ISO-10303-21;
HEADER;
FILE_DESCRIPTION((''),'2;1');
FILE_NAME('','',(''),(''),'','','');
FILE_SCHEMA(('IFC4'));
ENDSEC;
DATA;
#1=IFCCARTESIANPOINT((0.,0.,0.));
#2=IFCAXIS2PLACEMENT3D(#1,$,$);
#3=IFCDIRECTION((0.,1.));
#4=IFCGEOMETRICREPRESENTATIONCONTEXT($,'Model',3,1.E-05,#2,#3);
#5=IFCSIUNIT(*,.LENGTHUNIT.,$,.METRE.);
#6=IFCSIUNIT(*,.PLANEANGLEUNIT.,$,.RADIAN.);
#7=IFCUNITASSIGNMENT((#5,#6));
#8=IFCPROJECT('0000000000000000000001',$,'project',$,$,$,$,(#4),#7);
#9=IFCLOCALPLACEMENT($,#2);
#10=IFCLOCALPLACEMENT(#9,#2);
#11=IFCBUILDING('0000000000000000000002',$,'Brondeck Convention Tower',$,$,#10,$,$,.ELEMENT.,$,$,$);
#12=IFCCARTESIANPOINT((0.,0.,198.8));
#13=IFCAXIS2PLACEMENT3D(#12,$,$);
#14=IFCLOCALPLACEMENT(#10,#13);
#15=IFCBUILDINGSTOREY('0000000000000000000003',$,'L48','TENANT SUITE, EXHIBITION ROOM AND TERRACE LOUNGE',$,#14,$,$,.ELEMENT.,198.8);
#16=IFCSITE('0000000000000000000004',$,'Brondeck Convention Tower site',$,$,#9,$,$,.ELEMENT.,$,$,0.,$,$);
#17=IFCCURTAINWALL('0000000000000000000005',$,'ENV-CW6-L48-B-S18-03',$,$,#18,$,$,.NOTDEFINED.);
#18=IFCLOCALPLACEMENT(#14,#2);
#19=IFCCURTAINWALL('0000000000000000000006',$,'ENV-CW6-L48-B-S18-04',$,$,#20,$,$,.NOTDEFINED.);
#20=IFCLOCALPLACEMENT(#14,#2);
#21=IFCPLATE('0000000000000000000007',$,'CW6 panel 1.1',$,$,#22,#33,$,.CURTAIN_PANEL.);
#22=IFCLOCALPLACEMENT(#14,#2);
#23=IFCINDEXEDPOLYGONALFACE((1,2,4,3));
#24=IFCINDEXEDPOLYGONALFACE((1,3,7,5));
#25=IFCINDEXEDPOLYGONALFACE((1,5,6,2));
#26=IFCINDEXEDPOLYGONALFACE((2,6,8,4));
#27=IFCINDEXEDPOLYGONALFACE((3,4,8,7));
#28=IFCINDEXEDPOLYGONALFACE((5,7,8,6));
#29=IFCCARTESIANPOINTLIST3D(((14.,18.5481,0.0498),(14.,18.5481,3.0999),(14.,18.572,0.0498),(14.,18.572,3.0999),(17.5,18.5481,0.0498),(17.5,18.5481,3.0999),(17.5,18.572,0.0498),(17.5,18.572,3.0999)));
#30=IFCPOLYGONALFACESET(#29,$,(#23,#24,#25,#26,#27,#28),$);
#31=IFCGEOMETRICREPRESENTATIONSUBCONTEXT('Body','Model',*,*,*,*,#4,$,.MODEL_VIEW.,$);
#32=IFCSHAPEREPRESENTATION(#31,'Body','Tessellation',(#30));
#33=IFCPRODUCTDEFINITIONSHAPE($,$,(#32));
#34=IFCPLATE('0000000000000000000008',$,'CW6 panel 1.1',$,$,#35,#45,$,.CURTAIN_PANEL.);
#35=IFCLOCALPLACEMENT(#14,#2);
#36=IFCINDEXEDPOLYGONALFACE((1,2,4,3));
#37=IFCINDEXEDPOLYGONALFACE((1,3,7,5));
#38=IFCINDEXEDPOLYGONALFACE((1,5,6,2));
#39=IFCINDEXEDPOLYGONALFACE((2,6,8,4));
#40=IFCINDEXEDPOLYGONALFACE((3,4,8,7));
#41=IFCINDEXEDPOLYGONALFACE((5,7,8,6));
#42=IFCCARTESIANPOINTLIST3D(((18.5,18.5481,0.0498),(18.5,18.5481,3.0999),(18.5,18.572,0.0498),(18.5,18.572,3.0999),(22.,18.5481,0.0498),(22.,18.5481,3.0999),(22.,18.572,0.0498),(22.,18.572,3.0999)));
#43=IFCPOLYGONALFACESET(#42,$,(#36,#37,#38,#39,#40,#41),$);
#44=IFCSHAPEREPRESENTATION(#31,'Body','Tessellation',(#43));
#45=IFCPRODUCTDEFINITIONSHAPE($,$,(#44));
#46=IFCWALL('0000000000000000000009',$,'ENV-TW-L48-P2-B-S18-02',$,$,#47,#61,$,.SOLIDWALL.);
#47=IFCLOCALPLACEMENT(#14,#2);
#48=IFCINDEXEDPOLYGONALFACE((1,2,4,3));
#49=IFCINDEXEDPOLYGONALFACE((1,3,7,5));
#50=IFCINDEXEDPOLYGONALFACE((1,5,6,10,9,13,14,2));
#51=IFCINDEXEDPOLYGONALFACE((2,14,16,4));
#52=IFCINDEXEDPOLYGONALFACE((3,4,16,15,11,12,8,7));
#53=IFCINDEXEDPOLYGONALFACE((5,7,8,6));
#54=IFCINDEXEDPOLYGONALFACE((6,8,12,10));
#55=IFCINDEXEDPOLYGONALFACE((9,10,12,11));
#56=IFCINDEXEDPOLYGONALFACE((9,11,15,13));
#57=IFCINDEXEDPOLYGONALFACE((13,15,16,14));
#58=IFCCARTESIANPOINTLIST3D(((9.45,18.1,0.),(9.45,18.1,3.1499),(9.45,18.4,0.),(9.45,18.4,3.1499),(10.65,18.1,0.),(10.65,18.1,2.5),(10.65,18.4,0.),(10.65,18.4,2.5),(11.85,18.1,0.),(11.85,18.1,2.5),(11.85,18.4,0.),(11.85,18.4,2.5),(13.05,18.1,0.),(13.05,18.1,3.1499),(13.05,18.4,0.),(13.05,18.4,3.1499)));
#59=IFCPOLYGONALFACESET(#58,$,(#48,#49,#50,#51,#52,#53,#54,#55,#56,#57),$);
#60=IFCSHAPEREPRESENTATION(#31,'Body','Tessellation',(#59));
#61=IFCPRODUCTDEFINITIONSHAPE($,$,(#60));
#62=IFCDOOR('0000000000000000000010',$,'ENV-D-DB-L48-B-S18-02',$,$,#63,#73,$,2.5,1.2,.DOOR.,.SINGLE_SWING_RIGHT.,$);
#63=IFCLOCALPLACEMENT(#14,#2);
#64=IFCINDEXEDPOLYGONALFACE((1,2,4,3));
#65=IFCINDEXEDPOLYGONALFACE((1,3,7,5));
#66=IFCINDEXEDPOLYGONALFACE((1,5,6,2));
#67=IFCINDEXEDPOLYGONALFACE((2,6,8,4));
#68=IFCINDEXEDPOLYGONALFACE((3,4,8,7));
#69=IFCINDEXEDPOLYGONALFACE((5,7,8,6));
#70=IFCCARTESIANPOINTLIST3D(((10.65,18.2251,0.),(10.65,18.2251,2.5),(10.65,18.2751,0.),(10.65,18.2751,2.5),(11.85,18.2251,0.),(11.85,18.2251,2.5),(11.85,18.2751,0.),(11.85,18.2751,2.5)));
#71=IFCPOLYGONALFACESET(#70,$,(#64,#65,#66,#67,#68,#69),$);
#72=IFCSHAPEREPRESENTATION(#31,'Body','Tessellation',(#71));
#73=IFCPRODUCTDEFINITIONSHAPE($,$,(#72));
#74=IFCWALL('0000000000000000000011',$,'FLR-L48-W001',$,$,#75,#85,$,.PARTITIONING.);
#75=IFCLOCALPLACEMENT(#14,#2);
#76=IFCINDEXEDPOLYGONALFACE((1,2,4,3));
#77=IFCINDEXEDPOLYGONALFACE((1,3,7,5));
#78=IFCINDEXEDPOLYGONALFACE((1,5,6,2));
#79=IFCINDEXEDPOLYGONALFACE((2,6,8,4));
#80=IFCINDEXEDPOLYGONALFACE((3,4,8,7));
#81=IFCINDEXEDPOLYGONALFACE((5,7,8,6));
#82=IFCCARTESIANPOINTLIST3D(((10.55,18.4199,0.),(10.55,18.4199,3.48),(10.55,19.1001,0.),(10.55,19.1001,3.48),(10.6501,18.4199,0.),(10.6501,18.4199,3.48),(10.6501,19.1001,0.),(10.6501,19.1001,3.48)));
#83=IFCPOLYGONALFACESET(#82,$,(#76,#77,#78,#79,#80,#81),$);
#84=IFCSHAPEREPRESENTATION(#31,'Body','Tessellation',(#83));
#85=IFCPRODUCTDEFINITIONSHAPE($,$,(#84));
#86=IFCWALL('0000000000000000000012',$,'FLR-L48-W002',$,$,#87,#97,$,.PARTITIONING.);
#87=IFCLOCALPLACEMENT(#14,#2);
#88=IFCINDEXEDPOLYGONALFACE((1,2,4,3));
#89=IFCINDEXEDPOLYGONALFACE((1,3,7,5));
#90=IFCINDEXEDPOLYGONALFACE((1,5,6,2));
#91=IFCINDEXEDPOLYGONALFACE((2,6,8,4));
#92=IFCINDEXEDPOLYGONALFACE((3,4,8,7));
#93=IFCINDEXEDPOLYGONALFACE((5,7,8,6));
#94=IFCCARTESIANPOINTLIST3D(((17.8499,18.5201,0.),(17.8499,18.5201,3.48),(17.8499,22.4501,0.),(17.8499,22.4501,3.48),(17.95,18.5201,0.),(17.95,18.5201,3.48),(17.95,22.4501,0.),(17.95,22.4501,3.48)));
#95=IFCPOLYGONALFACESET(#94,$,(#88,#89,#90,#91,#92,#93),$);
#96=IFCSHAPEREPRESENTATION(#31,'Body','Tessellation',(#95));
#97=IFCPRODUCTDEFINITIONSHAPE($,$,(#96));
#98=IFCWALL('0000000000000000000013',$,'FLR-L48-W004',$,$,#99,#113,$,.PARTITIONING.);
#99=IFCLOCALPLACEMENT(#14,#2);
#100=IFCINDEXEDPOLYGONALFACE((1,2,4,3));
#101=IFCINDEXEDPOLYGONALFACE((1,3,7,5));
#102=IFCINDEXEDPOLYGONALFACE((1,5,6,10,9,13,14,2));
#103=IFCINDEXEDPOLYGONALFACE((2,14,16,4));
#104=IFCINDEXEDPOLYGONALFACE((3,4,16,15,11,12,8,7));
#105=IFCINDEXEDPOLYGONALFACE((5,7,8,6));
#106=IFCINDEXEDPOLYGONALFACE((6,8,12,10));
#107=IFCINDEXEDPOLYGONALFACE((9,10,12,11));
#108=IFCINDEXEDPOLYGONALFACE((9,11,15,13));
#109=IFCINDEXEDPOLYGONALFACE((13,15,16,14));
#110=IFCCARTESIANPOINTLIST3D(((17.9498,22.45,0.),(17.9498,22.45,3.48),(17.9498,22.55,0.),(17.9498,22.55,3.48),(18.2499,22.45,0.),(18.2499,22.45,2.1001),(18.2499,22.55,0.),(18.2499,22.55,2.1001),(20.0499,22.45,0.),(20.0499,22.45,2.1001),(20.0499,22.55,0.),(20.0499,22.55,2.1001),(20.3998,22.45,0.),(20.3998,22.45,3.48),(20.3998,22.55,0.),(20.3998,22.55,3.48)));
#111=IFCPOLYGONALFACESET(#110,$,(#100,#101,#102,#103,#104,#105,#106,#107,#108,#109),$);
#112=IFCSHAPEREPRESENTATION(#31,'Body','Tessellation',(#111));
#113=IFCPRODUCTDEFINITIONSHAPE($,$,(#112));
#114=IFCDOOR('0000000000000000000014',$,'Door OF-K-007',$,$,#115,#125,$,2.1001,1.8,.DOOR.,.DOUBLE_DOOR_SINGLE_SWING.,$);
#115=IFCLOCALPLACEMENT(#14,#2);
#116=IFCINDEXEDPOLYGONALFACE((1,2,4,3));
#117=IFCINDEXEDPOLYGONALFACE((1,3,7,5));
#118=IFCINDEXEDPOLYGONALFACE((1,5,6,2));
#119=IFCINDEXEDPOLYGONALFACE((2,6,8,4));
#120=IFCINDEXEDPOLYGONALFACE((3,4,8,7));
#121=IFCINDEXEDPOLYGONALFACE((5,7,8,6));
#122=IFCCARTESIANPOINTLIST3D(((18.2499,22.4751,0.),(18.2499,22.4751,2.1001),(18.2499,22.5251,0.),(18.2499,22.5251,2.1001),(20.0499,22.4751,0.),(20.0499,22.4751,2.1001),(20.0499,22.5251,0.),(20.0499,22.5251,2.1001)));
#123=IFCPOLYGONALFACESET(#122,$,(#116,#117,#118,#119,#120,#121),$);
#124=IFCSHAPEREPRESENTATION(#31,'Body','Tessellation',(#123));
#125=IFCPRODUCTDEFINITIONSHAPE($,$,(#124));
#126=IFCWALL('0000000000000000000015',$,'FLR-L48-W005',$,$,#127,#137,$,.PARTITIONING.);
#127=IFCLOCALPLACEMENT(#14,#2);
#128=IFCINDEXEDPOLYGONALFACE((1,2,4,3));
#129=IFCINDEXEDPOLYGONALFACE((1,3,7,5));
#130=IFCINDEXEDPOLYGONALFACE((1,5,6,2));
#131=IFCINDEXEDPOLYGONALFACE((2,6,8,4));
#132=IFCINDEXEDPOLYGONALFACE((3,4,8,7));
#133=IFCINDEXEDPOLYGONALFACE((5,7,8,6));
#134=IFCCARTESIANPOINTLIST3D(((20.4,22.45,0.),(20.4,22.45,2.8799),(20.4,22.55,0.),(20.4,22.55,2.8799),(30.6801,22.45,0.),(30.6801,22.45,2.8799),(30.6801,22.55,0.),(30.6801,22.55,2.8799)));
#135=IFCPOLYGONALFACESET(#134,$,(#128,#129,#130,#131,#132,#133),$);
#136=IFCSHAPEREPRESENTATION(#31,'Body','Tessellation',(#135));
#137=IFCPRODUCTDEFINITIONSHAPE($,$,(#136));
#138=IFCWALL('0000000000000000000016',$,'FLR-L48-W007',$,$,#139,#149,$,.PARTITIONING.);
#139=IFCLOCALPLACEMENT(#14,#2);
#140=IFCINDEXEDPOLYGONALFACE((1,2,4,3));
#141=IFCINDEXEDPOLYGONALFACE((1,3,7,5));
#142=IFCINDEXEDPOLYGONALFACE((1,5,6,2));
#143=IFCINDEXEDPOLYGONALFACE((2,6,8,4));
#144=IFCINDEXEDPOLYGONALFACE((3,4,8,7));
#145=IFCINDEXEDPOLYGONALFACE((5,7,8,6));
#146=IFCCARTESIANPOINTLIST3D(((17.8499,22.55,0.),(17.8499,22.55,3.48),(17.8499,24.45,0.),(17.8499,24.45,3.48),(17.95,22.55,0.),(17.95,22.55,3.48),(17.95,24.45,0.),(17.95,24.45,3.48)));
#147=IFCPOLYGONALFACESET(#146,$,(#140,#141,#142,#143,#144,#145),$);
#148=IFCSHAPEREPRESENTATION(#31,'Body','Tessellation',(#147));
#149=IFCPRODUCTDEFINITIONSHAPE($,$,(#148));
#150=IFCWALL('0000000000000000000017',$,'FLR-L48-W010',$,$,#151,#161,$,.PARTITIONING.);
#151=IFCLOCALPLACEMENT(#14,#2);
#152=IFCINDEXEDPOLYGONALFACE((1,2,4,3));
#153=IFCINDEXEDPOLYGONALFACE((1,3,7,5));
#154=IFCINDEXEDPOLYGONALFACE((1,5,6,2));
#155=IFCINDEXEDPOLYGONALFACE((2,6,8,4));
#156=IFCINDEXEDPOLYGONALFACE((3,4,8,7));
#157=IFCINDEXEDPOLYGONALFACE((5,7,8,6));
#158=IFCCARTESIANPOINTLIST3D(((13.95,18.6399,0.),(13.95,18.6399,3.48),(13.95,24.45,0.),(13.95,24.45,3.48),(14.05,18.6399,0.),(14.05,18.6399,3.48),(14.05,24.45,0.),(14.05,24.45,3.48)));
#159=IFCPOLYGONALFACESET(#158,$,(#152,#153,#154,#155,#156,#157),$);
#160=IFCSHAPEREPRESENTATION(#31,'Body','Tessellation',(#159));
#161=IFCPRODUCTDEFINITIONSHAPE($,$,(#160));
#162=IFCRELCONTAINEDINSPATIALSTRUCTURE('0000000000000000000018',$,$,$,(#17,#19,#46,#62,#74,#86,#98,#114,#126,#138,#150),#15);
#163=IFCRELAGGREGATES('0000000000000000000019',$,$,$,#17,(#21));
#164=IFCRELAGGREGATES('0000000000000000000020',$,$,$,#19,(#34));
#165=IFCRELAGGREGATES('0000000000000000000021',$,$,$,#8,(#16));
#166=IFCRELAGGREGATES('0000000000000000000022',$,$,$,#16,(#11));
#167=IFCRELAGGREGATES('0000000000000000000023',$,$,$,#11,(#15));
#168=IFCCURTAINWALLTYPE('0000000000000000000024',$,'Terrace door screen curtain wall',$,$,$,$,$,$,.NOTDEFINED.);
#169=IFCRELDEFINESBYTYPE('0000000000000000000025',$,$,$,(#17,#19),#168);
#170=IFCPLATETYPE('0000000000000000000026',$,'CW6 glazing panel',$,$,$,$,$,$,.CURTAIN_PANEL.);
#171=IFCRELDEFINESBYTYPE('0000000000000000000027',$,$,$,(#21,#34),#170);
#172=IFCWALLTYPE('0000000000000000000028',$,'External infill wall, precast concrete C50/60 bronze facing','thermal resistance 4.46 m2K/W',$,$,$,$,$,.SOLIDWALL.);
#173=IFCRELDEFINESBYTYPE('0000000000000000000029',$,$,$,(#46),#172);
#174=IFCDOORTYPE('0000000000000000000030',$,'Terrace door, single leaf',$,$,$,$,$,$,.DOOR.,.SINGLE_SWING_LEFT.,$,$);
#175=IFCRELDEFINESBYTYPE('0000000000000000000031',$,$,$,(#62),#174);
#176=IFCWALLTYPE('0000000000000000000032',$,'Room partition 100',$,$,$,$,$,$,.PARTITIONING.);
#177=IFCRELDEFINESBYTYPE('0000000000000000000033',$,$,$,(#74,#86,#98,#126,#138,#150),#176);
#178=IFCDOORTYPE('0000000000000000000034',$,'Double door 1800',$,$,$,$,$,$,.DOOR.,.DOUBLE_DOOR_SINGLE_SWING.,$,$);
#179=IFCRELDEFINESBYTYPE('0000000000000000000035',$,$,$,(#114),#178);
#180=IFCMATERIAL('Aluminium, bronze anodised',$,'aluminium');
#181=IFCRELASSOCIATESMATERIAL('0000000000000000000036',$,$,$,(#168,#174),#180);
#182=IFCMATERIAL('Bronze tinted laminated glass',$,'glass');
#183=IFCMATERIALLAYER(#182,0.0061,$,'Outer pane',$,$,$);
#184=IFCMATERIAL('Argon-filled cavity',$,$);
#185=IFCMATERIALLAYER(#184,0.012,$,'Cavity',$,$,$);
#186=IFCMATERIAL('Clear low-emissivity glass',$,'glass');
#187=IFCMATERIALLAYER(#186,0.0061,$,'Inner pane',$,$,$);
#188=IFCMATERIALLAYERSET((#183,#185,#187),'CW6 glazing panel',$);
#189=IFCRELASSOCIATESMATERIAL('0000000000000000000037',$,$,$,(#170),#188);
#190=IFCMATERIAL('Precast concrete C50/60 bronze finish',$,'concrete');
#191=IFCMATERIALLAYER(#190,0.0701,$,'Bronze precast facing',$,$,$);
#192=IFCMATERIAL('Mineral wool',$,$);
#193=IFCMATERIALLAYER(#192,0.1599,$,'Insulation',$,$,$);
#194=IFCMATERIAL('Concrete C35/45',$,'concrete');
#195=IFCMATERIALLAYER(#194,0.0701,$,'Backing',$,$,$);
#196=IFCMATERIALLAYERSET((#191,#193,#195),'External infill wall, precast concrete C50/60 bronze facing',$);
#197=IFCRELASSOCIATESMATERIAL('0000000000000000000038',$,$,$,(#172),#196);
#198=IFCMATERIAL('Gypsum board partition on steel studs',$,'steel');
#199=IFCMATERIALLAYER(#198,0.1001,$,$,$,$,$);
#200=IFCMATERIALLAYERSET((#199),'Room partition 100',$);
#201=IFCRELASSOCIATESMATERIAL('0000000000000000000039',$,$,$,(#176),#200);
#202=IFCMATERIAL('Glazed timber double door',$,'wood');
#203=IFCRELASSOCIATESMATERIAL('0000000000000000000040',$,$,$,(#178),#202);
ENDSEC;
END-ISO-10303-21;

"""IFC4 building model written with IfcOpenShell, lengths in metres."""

from ifc_helpers import new_model, si_unit, direction, frame, frame_2d, origin, origin_2d, place, context, subcontext, project, spatial, rectangle, extrude, material, layer, layer_set, type_object, element, fill, aggregate, save


model = new_model("IFC4")

# Units and contexts
model_context = context("Model", 3, precision=1e-05, world=origin(), true_north=direction((0.0, 1.0)))
body_context = subcontext(model_context, "Body", "Model", "MODEL_VIEW")
ifc_project = project(units=[si_unit("LENGTHUNIT", "METRE"), si_unit("PLANEANGLEUNIT", "RADIAN")], contexts=[model_context])

# Site, building, storey
site_placement = place(None, origin())
site = spatial("IfcSite", under=ifc_project, at=site_placement, Name="Brondeck Convention Tower site", CompositionType="ELEMENT", RefElevation=0.0)
building_placement = place(site_placement, origin())
building = spatial("IfcBuilding", under=site, at=building_placement, Name="Brondeck Convention Tower", CompositionType="ELEMENT")
storey_placement = place(building_placement, frame((0.0, 0.0, 198.8)))
storey = spatial("IfcBuildingStorey", under=building, at=storey_placement, Name="L48", Description="TENANT SUITE, EXHIBITION ROOM AND TERRACE LOUNGE", CompositionType="ELEMENT", Elevation=198.8)

# Curtain wall
ifc_material_1 = material(Name="Aluminium, bronze anodised", Category="aluminium")
curtain_wall_type = type_object("IfcCurtainWallType", Name="Terrace door screen curtain wall", PredefinedType="NOTDEFINED", material=ifc_material_1)
curtain_wall_1_placement = place(storey_placement, origin())
curtain_wall_1 = element("IfcCurtainWall", 1, at=curtain_wall_1_placement, inside=storey, type_object=curtain_wall_type, Name="ENV-CW6-L48-B-S18-03", PredefinedType="NOTDEFINED")

# Curtain wall
curtain_wall_2_placement = place(storey_placement, origin())
curtain_wall_2 = element("IfcCurtainWall", 2, at=curtain_wall_2_placement, inside=storey, type_object=curtain_wall_type, Name="ENV-CW6-L48-B-S18-04", PredefinedType="NOTDEFINED")

# Plates
ifc_material_2 = material(Name="Bronze tinted laminated glass", Category="glass")
ifc_layer_1 = layer(ifc_material_2, 0.0061, Name="Outer pane")
ifc_material_3 = material(Name="Argon-filled cavity")
ifc_layer_2 = layer(ifc_material_3, 0.012, Name="Cavity")
ifc_material_4 = material(Name="Clear low-emissivity glass", Category="glass")
ifc_layer_3 = layer(ifc_material_4, 0.0061, Name="Inner pane")
ifc_layer_set_1 = layer_set([ifc_layer_1, ifc_layer_2, ifc_layer_3], Name="CW6 glazing panel")
plate_type = type_object("IfcPlateType", Name="CW6 glazing panel", PredefinedType="CURTAIN_PANEL", material=ifc_layer_set_1)
plate_1_placement = place(storey_placement, frame((15.75, 18.5601, 0.0498), z_axis=(0.0, 0.0, 1.0), x_axis=(-1.0, 0.0, 0.0)))
plate_1 = element("IfcPlate", 3, at=plate_1_placement, type_object=plate_type, Name="CW6 panel 1.1", PredefinedType="CURTAIN_PANEL", context=body_context, shape_type="SweptSolid", body=[
    extrude(rectangle(XDim=3.5, YDim=0.0239, at=origin_2d()), origin(), (0.0, 0.0, 1.0), 3.05),
])
aggregate(curtain_wall_1, [plate_1])
plate_2_placement = place(storey_placement, frame((20.25, 18.5601, 0.0498), z_axis=(0.0, 0.0, 1.0), x_axis=(-1.0, 0.0, 0.0)))
plate_2 = element("IfcPlate", 4, at=plate_2_placement, type_object=plate_type, Name="CW6 panel 1.1", PredefinedType="CURTAIN_PANEL", context=body_context, shape_type="SweptSolid", body=[
    extrude(rectangle(XDim=3.5, YDim=0.0239, at=origin_2d()), origin(), (0.0, 0.0, 1.0), 3.05),
])
aggregate(curtain_wall_2, [plate_2])

# Wall, opening, door
ifc_material_5 = material(Name="Precast concrete C50/60 bronze finish", Category="concrete")
ifc_layer_4 = layer(ifc_material_5, 0.0701, Name="Bronze precast facing")
ifc_material_6 = material(Name="Mineral wool")
ifc_layer_5 = layer(ifc_material_6, 0.1599, Name="Insulation")
ifc_material_7 = material(Name="Concrete C35/45", Category="concrete")
ifc_layer_6 = layer(ifc_material_7, 0.0701, Name="Backing")
ifc_layer_set_2 = layer_set([ifc_layer_4, ifc_layer_5, ifc_layer_6], Name="External infill wall, precast concrete C50/60 bronze facing")
wall_type_1 = type_object("IfcWallType", Name="External infill wall, precast concrete C50/60 bronze facing", Description="thermal resistance 4.46 m2K/W", PredefinedType="SOLIDWALL", material=ifc_layer_set_2)
wall_1_placement = place(storey_placement, frame((13.05, 18.25, 0.0), z_axis=(0.0, 0.0, 1.0), x_axis=(-1.0, 0.0, 0.0)))
wall_1 = element("IfcWall", 5, at=wall_1_placement, inside=storey, type_object=wall_type_1, Name="ENV-TW-L48-P2-B-S18-02", PredefinedType="SOLIDWALL", context=body_context, shape_type="SweptSolid", body=[
    extrude(rectangle(XDim=3.6001, YDim=0.3, at=frame_2d((1.8, 0.0))), origin(), (0.0, 0.0, 1.0), 3.1499),
])
opening_1_placement = place(wall_1_placement, frame((1.2, 0.0, 0.0)))
opening_1 = element("IfcOpeningElement", 6, at=opening_1_placement, cuts=wall_1, PredefinedType="OPENING", context=body_context, shape_type="SweptSolid", body=[
    extrude(rectangle(XDim=1.2, YDim=2.5, at=frame_2d((0.6001, 1.25))), frame((0.0, 0.1599, 0.0), z_axis=(0.0, -1.0, 0.0), x_axis=(1.0, 0.0, 0.0)), (0.0, 0.0, 1.0), 0.3201),
])
door_type_1 = type_object("IfcDoorType", Name="Terrace door, single leaf", OperationType="SINGLE_SWING_LEFT", PredefinedType="DOOR", material=ifc_material_1)
door_1_placement = place(opening_1_placement, origin())
door_1 = element("IfcDoor", 7, at=door_1_placement, inside=storey, type_object=door_type_1, Name="ENV-D-DB-L48-B-S18-02", OperationType="SINGLE_SWING_RIGHT", OverallHeight=2.5, OverallWidth=1.2, PredefinedType="DOOR", context=body_context, shape_type="SweptSolid", body=[
    extrude(rectangle(XDim=1.2, YDim=2.5, at=frame_2d((0.6001, 1.25))), frame((0.0, 0.0249, 0.0), z_axis=(0.0, -1.0, 0.0), x_axis=(1.0, 0.0, 0.0)), (0.0, 0.0, 1.0), 0.05),
])
fill(opening_1, door_1)

# Walls
ifc_material_8 = material(Name="Gypsum board partition on steel studs", Category="steel")
ifc_layer_7 = layer(ifc_material_8, 0.1001)
ifc_layer_set_3 = layer_set([ifc_layer_7], Name="Room partition 100")
wall_type_2 = type_object("IfcWallType", Name="Room partition 100", PredefinedType="PARTITIONING", material=ifc_layer_set_3)
wall_2_placement = place(storey_placement, frame((10.6001, 18.4199, 0.0), z_axis=(0.0, 0.0, 1.0), x_axis=(0.0, 1.0, 0.0)))
element("IfcWall", 8, at=wall_2_placement, inside=storey, type_object=wall_type_2, Name="FLR-L48-W001", PredefinedType="PARTITIONING", context=body_context, shape_type="SweptSolid", body=[
    extrude(rectangle(XDim=0.6802, YDim=0.1001, at=frame_2d((0.3401, 0.0))), origin(), (0.0, 0.0, 1.0), 3.48),
])
wall_3_placement = place(storey_placement, frame((17.8999, 22.45, 0.0), z_axis=(0.0, 0.0, 1.0), x_axis=(0.0, -1.0, 0.0)))
element("IfcWall", 9, at=wall_3_placement, inside=storey, type_object=wall_type_2, Name="FLR-L48-W002", PredefinedType="PARTITIONING", context=body_context, shape_type="SweptSolid", body=[
    extrude(rectangle(XDim=3.9299, YDim=0.1001, at=frame_2d((1.9648, 0.0))), origin(), (0.0, 0.0, 1.0), 3.48),
])

# Wall, opening, door
wall_4_placement = place(storey_placement, frame((20.3999, 22.5, 0.0), z_axis=(0.0, 0.0, 1.0), x_axis=(-1.0, 0.0, 0.0)))
wall_4 = element("IfcWall", 10, at=wall_4_placement, inside=storey, type_object=wall_type_2, Name="FLR-L48-W004", PredefinedType="PARTITIONING", context=body_context, shape_type="SweptSolid", body=[
    extrude(rectangle(XDim=2.45, YDim=0.1001, at=frame_2d((1.2251, 0.0))), origin(), (0.0, 0.0, 1.0), 3.48),
])
opening_2_placement = place(wall_4_placement, frame((0.3501, 0.0, 0.0)))
opening_2 = element("IfcOpeningElement", 11, at=opening_2_placement, cuts=wall_4, PredefinedType="OPENING", context=body_context, shape_type="SweptSolid", body=[
    extrude(rectangle(XDim=1.8, YDim=2.1001, at=frame_2d((0.8999, 1.05))), frame((0.0, 0.0601, 0.0), z_axis=(0.0, -1.0, 0.0), x_axis=(1.0, 0.0, 0.0)), (0.0, 0.0, 1.0), 0.1201),
])
ifc_material_9 = material(Name="Glazed timber double door", Category="wood")
door_type_2 = type_object("IfcDoorType", Name="Double door 1800", OperationType="DOUBLE_DOOR_SINGLE_SWING", PredefinedType="DOOR", material=ifc_material_9)
door_2_placement = place(opening_2_placement, origin())
door_2 = element("IfcDoor", 12, at=door_2_placement, inside=storey, type_object=door_type_2, Name="Door OF-K-007", OperationType="DOUBLE_DOOR_SINGLE_SWING", OverallHeight=2.1001, OverallWidth=1.8, PredefinedType="DOOR", context=body_context, shape_type="SweptSolid", body=[
    extrude(rectangle(XDim=1.8, YDim=2.1001, at=frame_2d((0.8999, 1.05))), frame((0.0, 0.0249, 0.0), z_axis=(0.0, -1.0, 0.0), x_axis=(1.0, 0.0, 0.0)), (0.0, 0.0, 1.0), 0.05),
])
fill(opening_2, door_2)

# Walls
wall_5_placement = place(storey_placement, frame((20.3999, 22.5, 0.0), z_axis=(0.0, 0.0, 1.0), x_axis=(1.0, 0.0, 0.0)))
element("IfcWall", 13, at=wall_5_placement, inside=storey, type_object=wall_type_2, Name="FLR-L48-W005", PredefinedType="PARTITIONING", context=body_context, shape_type="SweptSolid", body=[
    extrude(rectangle(XDim=10.28, YDim=0.1001, at=frame_2d((5.1401, 0.0))), origin(), (0.0, 0.0, 1.0), 2.8799),
])
wall_6_placement = place(storey_placement, frame((17.8999, 22.55, 0.0), z_axis=(0.0, 0.0, 1.0), x_axis=(0.0, 1.0, 0.0)))
element("IfcWall", 14, at=wall_6_placement, inside=storey, type_object=wall_type_2, Name="FLR-L48-W007", PredefinedType="PARTITIONING", context=body_context, shape_type="SweptSolid", body=[
    extrude(rectangle(XDim=1.8999, YDim=0.1001, at=frame_2d((0.95, 0.0))), origin(), (0.0, 0.0, 1.0), 3.48),
])
wall_7_placement = place(storey_placement, frame((14.0, 24.45, 0.0), z_axis=(0.0, 0.0, 1.0), x_axis=(0.0, -1.0, 0.0)))
element("IfcWall", 15, at=wall_7_placement, inside=storey, type_object=wall_type_2, Name="FLR-L48-W010", PredefinedType="PARTITIONING", context=body_context, shape_type="SweptSolid", body=[
    extrude(rectangle(XDim=5.8101, YDim=0.1001, at=frame_2d((2.905, 0.0))), origin(), (0.0, 0.0, 1.0), 3.48),
])

save(model, "model.ifc")
